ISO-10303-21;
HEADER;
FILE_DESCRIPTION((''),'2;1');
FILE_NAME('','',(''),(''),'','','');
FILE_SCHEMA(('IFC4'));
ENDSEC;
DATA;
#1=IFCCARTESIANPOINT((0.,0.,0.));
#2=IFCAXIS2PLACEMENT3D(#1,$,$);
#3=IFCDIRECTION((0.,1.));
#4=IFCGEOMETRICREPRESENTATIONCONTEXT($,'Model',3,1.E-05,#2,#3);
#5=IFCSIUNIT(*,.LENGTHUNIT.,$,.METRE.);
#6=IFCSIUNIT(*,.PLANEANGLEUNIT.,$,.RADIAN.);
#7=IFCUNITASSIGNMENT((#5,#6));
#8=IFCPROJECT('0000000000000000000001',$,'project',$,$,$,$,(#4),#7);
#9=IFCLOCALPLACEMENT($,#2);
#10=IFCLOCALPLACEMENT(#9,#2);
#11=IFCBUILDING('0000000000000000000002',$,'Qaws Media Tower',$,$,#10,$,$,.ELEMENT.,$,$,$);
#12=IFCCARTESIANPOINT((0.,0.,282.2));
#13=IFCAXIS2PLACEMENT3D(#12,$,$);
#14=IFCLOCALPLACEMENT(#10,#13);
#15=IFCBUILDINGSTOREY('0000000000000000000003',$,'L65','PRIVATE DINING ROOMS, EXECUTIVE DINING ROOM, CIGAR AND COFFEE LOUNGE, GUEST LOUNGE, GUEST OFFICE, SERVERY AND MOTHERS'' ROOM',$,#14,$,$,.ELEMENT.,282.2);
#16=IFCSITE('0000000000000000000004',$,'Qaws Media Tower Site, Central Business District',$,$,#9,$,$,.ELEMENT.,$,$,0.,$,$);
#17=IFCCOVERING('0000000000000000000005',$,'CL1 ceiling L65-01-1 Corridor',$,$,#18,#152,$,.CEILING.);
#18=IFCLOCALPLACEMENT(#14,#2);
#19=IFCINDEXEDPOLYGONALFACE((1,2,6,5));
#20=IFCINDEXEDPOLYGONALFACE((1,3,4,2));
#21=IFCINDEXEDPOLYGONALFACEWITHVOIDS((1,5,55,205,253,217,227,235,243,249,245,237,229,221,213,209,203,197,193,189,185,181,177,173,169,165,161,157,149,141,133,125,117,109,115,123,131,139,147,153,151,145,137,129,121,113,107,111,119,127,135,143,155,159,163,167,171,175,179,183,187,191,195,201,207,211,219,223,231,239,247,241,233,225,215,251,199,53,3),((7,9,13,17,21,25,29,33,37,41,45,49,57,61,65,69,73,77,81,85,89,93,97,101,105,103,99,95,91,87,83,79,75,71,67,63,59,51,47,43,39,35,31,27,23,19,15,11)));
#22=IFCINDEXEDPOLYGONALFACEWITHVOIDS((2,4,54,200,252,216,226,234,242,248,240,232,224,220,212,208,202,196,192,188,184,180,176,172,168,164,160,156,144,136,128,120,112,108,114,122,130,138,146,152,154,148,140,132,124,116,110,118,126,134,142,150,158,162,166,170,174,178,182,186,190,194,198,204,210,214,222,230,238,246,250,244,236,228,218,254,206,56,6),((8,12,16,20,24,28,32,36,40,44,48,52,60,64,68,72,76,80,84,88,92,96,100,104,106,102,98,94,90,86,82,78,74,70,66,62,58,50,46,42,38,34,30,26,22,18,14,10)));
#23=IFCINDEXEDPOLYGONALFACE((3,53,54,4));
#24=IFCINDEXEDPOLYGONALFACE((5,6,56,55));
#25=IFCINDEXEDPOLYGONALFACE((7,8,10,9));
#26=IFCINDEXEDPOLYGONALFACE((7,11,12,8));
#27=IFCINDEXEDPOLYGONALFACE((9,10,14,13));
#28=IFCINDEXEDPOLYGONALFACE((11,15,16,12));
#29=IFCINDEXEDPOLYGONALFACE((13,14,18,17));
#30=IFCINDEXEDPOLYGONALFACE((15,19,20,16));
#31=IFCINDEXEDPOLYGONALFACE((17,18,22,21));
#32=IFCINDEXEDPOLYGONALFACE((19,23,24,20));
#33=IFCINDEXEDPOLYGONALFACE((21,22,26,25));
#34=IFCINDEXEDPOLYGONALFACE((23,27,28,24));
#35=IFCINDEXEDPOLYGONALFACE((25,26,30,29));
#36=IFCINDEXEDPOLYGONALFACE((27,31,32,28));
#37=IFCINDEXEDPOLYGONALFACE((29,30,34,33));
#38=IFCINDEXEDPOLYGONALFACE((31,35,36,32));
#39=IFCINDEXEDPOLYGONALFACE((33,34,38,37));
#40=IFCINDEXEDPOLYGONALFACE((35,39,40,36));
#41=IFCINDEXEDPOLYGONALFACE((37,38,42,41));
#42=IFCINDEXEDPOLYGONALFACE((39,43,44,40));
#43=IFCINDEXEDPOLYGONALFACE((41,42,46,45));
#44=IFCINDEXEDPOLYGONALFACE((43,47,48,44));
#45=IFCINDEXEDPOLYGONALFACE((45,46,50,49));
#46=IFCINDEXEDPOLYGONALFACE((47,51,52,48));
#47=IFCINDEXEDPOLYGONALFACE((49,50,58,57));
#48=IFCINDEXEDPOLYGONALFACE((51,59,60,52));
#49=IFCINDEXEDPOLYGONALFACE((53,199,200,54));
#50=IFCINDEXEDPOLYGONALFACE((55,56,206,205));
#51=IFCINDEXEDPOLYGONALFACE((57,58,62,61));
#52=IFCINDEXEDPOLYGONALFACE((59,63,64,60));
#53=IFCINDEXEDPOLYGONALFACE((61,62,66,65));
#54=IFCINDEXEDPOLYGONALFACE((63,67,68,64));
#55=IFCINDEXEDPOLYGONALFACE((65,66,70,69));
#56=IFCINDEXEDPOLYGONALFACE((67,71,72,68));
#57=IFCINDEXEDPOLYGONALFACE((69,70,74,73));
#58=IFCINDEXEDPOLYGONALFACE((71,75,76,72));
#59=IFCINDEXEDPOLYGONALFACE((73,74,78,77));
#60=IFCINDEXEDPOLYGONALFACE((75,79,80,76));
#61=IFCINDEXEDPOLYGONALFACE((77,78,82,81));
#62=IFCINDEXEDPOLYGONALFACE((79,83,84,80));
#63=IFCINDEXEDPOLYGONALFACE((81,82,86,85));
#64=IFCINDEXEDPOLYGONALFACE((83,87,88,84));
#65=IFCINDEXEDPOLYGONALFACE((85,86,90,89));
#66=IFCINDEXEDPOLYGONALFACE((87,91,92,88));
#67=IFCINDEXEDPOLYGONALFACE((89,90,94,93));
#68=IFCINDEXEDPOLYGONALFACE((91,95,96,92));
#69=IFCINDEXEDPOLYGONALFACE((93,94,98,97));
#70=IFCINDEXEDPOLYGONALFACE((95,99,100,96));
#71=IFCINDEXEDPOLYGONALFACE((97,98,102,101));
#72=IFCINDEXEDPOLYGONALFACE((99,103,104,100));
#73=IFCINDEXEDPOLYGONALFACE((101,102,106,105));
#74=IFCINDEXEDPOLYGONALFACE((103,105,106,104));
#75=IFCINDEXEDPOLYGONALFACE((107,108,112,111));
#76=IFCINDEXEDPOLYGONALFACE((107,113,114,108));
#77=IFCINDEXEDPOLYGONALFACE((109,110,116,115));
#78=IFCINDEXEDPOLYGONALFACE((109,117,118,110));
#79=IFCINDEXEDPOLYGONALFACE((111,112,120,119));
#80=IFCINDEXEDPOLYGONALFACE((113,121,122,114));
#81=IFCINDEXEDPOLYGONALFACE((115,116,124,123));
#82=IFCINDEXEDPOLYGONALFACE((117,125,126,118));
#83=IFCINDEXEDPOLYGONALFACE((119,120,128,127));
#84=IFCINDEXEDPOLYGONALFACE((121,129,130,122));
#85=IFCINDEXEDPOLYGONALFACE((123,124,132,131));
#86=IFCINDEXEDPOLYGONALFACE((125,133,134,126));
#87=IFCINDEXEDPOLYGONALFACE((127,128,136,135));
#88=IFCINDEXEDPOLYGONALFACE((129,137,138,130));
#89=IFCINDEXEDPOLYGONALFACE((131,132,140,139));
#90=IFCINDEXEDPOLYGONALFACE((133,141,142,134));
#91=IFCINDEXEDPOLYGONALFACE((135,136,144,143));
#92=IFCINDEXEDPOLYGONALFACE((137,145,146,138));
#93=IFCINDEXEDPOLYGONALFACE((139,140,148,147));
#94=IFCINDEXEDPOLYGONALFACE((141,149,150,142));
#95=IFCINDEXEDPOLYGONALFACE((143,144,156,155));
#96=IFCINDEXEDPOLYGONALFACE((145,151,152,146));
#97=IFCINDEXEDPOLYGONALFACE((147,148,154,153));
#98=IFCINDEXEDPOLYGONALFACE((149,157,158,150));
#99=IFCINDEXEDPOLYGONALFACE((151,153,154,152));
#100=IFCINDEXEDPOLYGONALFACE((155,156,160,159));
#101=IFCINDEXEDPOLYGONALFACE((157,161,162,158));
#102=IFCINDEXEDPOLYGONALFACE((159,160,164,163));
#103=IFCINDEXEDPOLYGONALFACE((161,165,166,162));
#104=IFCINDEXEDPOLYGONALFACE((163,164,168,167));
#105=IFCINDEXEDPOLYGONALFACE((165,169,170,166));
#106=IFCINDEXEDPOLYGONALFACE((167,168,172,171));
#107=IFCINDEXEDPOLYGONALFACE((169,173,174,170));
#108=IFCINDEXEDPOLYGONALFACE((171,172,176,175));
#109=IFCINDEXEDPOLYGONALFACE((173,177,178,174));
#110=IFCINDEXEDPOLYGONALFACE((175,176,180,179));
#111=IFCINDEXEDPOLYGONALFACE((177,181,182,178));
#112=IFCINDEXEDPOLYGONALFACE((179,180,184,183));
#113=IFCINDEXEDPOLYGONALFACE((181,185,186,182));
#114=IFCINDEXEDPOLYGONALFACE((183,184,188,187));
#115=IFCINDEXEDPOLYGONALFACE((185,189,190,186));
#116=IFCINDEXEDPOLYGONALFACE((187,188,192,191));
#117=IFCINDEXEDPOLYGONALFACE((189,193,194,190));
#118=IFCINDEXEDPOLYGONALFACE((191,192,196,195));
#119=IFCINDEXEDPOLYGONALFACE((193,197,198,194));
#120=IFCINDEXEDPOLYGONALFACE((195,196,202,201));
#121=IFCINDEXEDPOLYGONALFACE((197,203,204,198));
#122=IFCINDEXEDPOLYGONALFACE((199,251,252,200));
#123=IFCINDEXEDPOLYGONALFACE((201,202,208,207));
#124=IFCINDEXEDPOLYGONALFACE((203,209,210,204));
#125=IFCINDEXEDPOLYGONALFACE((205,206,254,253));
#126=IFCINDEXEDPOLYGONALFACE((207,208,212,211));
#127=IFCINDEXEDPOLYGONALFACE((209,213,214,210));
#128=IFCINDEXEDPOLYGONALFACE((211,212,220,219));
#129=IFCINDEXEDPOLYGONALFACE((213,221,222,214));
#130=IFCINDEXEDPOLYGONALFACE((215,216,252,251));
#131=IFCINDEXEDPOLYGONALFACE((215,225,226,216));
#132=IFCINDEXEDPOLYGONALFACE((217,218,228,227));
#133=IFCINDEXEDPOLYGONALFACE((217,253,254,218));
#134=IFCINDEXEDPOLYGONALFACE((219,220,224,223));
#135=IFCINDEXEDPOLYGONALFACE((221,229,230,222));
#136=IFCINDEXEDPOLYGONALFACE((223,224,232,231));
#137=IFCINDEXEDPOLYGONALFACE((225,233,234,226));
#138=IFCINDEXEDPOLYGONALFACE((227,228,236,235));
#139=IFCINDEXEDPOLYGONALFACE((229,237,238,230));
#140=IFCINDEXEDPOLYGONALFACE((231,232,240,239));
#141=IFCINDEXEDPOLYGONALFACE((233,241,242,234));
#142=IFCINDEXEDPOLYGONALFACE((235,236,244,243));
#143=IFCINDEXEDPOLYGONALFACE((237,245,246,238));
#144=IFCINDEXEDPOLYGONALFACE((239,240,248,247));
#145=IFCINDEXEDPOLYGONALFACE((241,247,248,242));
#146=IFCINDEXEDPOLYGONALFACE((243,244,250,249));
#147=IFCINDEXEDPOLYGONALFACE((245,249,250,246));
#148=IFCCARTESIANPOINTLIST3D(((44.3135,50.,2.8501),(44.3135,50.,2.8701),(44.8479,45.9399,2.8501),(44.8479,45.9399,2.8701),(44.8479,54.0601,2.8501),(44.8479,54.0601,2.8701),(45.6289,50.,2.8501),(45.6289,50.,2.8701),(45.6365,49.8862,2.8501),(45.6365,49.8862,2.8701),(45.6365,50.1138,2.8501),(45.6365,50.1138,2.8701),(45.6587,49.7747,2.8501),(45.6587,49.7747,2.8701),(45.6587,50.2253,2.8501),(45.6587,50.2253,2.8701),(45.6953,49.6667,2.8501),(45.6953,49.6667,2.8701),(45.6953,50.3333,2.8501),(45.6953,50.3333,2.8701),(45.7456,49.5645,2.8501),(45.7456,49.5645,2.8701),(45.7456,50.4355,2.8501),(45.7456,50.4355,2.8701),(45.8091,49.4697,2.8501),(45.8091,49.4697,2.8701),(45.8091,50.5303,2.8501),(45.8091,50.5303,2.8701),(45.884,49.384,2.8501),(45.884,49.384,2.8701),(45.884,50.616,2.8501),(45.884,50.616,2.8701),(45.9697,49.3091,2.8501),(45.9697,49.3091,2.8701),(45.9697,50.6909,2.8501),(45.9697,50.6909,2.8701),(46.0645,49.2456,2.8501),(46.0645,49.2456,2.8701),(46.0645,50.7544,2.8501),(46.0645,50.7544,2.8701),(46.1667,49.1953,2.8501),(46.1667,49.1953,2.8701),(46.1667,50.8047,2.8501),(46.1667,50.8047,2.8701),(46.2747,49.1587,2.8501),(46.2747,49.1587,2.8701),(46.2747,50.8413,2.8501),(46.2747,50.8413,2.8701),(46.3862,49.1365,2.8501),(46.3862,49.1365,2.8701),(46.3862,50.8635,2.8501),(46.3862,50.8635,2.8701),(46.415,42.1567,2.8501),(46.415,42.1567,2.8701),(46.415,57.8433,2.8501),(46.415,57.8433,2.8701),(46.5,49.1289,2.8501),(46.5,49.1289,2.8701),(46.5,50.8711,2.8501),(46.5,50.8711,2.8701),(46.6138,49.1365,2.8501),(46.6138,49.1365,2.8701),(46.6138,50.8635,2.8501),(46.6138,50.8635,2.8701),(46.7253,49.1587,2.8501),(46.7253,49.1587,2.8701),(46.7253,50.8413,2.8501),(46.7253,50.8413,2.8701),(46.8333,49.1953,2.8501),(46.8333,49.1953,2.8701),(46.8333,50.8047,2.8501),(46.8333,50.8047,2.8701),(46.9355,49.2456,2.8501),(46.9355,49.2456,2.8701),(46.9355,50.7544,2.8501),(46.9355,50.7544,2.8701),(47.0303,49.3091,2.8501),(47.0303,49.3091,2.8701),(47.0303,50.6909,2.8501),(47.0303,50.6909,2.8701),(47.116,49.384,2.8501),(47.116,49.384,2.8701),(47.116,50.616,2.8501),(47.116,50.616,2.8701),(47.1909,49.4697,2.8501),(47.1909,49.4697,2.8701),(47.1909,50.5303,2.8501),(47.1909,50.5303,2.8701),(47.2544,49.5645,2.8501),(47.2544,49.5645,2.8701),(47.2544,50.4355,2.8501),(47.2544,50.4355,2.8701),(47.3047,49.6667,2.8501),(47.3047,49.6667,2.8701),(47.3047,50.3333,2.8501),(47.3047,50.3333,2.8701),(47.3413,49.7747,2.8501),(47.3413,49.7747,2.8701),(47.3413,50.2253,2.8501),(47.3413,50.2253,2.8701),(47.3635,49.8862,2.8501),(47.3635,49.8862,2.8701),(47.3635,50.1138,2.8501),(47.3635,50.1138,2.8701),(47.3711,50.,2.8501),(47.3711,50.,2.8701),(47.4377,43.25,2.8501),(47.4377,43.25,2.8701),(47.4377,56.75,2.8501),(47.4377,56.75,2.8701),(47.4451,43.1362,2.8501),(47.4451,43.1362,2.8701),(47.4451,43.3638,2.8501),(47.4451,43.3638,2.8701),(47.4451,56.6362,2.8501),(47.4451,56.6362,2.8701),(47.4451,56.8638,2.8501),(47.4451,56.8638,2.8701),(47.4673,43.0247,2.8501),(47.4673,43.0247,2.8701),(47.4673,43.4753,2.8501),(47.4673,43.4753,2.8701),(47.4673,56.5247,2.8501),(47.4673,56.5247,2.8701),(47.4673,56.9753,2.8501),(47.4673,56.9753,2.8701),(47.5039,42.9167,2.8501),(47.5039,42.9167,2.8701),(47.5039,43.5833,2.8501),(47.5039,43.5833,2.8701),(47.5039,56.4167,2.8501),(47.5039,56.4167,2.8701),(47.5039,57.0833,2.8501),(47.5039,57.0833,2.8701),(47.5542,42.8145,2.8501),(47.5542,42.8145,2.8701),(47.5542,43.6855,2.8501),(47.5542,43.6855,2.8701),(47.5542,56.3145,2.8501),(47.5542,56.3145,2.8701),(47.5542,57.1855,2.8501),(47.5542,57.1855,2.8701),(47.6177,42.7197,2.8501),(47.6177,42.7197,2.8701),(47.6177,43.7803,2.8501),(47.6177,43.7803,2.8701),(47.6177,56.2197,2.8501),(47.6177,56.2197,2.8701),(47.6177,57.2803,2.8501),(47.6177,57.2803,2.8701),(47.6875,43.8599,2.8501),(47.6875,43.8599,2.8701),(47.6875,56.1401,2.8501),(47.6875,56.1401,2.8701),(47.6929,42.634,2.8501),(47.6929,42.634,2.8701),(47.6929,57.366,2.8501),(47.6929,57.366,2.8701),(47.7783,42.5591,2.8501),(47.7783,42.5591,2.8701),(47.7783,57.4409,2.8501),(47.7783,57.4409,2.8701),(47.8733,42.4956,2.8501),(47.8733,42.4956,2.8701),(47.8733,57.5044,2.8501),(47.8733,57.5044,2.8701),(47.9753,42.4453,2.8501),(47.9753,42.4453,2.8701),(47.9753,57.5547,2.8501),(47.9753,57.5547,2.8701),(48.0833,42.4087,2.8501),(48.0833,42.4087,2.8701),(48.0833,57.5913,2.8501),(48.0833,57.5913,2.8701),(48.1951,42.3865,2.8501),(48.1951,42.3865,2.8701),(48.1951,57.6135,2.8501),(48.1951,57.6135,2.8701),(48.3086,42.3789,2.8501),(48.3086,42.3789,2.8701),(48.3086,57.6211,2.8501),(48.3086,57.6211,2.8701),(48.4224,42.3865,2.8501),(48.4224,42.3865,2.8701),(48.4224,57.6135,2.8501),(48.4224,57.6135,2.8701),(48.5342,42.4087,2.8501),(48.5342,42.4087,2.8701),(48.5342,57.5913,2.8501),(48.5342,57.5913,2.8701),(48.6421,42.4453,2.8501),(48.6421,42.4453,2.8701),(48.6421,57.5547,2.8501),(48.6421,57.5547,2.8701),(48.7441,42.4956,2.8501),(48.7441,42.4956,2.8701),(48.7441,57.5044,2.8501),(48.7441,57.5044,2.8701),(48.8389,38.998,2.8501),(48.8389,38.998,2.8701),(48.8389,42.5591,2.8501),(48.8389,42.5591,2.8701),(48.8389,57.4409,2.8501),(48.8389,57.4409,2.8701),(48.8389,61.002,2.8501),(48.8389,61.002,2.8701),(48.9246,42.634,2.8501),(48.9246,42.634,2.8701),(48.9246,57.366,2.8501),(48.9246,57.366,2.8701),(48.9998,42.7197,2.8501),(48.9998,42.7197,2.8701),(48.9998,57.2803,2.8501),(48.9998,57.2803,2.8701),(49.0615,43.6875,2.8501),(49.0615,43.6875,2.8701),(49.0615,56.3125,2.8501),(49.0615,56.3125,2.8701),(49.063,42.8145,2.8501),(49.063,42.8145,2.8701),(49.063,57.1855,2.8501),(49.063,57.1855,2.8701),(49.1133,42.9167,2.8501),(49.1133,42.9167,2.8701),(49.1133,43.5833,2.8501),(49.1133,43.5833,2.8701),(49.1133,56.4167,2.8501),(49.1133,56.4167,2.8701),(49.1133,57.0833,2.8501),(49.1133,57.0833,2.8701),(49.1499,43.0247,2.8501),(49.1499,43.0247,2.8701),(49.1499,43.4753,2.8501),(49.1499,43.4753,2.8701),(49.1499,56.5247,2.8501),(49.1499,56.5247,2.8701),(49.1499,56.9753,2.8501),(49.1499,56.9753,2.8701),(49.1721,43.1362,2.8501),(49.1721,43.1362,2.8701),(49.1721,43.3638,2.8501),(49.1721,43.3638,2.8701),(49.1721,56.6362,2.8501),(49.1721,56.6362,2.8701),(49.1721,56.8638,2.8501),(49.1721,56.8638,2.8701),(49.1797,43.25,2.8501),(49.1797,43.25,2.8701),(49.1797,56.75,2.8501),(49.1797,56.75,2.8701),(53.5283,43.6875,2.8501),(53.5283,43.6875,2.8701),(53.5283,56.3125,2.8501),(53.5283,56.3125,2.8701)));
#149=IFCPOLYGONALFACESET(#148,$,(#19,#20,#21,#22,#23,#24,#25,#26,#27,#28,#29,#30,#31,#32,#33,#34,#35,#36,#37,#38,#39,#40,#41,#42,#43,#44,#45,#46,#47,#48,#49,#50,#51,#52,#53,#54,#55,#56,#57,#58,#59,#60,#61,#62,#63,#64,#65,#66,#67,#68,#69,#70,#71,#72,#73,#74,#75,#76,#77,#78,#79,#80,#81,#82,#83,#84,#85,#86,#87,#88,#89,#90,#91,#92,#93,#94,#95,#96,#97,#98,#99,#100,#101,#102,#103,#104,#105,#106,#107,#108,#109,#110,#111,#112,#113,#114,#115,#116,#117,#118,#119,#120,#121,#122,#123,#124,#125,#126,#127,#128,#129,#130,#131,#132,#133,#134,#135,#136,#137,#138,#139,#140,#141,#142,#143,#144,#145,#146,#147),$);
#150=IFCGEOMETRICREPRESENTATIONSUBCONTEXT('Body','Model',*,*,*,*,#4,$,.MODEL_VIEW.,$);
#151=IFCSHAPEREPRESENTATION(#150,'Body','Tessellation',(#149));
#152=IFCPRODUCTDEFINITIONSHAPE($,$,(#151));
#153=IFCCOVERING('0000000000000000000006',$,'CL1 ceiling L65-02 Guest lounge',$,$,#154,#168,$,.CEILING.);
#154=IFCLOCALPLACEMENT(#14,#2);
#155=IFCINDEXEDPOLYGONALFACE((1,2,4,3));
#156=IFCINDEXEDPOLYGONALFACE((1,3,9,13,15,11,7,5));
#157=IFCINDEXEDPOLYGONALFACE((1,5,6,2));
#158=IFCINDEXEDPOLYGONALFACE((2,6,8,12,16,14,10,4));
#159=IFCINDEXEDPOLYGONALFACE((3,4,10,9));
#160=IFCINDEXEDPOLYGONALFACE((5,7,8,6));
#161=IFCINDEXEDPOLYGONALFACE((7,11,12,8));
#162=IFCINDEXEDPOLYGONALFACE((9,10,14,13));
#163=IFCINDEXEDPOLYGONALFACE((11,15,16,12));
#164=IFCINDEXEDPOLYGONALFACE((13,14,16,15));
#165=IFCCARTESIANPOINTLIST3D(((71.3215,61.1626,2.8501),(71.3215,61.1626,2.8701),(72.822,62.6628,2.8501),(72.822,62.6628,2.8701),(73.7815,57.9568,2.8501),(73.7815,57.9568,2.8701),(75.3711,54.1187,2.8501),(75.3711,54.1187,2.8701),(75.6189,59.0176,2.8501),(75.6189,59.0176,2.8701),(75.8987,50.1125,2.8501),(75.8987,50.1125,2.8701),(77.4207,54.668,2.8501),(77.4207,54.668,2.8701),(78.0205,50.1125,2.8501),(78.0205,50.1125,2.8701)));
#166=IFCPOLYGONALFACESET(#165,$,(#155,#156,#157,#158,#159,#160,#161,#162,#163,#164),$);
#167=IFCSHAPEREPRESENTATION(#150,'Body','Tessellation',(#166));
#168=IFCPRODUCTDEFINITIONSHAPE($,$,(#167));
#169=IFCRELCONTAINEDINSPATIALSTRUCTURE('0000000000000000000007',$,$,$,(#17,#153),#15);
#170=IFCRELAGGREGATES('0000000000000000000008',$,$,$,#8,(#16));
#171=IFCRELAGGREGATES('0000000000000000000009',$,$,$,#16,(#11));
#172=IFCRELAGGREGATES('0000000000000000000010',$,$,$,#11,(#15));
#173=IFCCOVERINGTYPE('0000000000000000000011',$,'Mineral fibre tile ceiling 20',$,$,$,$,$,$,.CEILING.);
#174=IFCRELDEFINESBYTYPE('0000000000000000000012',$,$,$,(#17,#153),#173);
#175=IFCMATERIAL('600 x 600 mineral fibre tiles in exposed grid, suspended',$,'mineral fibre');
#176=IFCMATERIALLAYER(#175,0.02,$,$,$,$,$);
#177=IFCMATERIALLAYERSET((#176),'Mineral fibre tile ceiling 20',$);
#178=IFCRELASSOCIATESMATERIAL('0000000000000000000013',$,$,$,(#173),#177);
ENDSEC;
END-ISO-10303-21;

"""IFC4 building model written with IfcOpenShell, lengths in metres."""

from ifc_helpers import new_model, si_unit, direction, frame, origin, place, context, subcontext, project, spatial, polyline, outline, extrude, material, layer, layer_set, type_object, element, save


model = new_model("IFC4")

# Units and contexts
model_context = context("Model", 3, precision=1e-05, world=origin(), true_north=direction((0.0, 1.0)))
body_context = subcontext(model_context, "Body", "Model", "MODEL_VIEW")
ifc_project = project(units=[si_unit("LENGTHUNIT", "METRE"), si_unit("PLANEANGLEUNIT", "RADIAN")], contexts=[model_context])

# Site, building, storey
site_placement = place(None, origin())
site = spatial("IfcSite", under=ifc_project, at=site_placement, Name="Qaws Media Tower Site, Central Business District", CompositionType="ELEMENT", RefElevation=0.0)
building_placement = place(site_placement, origin())
building = spatial("IfcBuilding", under=site, at=building_placement, Name="Qaws Media Tower", CompositionType="ELEMENT")
storey_placement = place(building_placement, frame((0.0, 0.0, 282.2)))
storey = spatial("IfcBuildingStorey", under=building, at=storey_placement, Name="L65", Description="PRIVATE DINING ROOMS, EXECUTIVE DINING ROOM, CIGAR AND COFFEE LOUNGE, GUEST LOUNGE, GUEST OFFICE, SERVERY AND MOTHERS' ROOM", CompositionType="ELEMENT", Elevation=282.2)

# Coverings
ifc_material_1 = material(Name="600 x 600 mineral fibre tiles in exposed grid, suspended", Category="mineral fibre")
ifc_layer_1 = layer(ifc_material_1, 0.02)
ifc_layer_set_1 = layer_set([ifc_layer_1], Name="Mineral fibre tile ceiling 20")
covering_type_1 = type_object("IfcCoveringType", Name="Mineral fibre tile ceiling 20", PredefinedType="CEILING", material=ifc_layer_set_1)
covering_1_placement = place(storey_placement, frame((0.0, 0.0, 2.8501)))
element("IfcCovering", 1, at=covering_1_placement, inside=storey, type_object=covering_type_1, Name="CL1 ceiling L65-01-1 Corridor", PredefinedType="CEILING", context=body_context, shape_type="SweptSolid", body=[
    extrude(outline(polyline([(44.8479, 54.0601), (46.415, 57.8433), (48.8389, 61.002), (53.5283, 56.3125), (49.0615, 56.3125), (49.1133, 56.4167), (49.1499, 56.5247), (49.1721, 56.6362), (49.1797, 56.75), (49.1721, 56.8638), (49.1499, 56.9753), (49.1133, 57.0833), (49.063, 57.1855), (48.9998, 57.2803), (48.9246, 57.366), (48.8389, 57.4409), (48.7441, 57.5044), (48.6421, 57.5547), (48.5342, 57.5913), (48.4224, 57.6135), (48.3086, 57.6211), (48.1951, 57.6135), (48.0833, 57.5913), (47.9753, 57.5547), (47.8733, 57.5044), (47.7783, 57.4409), (47.6929, 57.366), (47.6177, 57.2803), (47.5542, 57.1855), (47.5039, 57.0833), (47.4673, 56.9753), (47.4451, 56.8638), (47.4377, 56.75), (47.4451, 56.6362), (47.4673, 56.5247), (47.5039, 56.4167), (47.5542, 56.3145), (47.6177, 56.2197), (47.6875, 56.1401), (47.6875, 43.8599), (47.6177, 43.7803), (47.5542, 43.6855), (47.5039, 43.5833), (47.4673, 43.4753), (47.4451, 43.3638), (47.4377, 43.25), (47.4451, 43.1362), (47.4673, 43.0247), (47.5039, 42.9167), (47.5542, 42.8145), (47.6177, 42.7197), (47.6929, 42.634), (47.7783, 42.5591), (47.8733, 42.4956), (47.9753, 42.4453), (48.0833, 42.4087), (48.1951, 42.3865), (48.3086, 42.3789), (48.4224, 42.3865), (48.5342, 42.4087), (48.6421, 42.4453), (48.7441, 42.4956), (48.8389, 42.5591), (48.9246, 42.634), (48.9998, 42.7197), (49.063, 42.8145), (49.1133, 42.9167), (49.1499, 43.0247), (49.1721, 43.1362), (49.1797, 43.25), (49.1721, 43.3638), (49.1499, 43.4753), (49.1133, 43.5833), (49.0615, 43.6875), (53.5283, 43.6875), (48.8389, 38.998), (46.415, 42.1567), (44.8479, 45.9399), (44.3135, 50.0), (44.8479, 54.0601)]), holes=[polyline([(47.3047, 49.6667), (47.3413, 49.7747), (47.3635, 49.8862), (47.3711, 50.0), (47.3635, 50.1138), (47.3413, 50.2253), (47.3047, 50.3333), (47.2544, 50.4355), (47.1909, 50.5303), (47.116, 50.616), (47.0303, 50.6909), (46.9355, 50.7544), (46.8333, 50.8047), (46.7253, 50.8413), (46.6138, 50.8635), (46.5, 50.8711), (46.3862, 50.8635), (46.2747, 50.8413), (46.1667, 50.8047), (46.0645, 50.7544), (45.9697, 50.6909), (45.884, 50.616), (45.8091, 50.5303), (45.7456, 50.4355), (45.6953, 50.3333), (45.6587, 50.2253), (45.6365, 50.1138), (45.6289, 50.0), (45.6365, 49.8862), (45.6587, 49.7747), (45.6953, 49.6667), (45.7456, 49.5645), (45.8091, 49.4697), (45.884, 49.384), (45.9697, 49.3091), (46.0645, 49.2456), (46.1667, 49.1953), (46.2747, 49.1587), (46.3862, 49.1365), (46.5, 49.1289), (46.6138, 49.1365), (46.7253, 49.1587), (46.8333, 49.1953), (46.9355, 49.2456), (47.0303, 49.3091), (47.116, 49.384), (47.1909, 49.4697), (47.2544, 49.5645), (47.3047, 49.6667)])]), origin(), (0.0, 0.0, 1.0), 0.02),
])
covering_2_placement = place(storey_placement, frame((0.0, 0.0, 2.8501)))
element("IfcCovering", 2, at=covering_2_placement, inside=storey, type_object=covering_type_1, Name="CL1 ceiling L65-02 Guest lounge", PredefinedType="CEILING", context=body_context, shape_type="SweptSolid", body=[
    extrude(outline(polyline([(75.6189, 59.0176), (77.4207, 54.668), (78.0205, 50.1125), (75.8987, 50.1125), (75.3711, 54.1187), (73.7815, 57.9568), (71.3215, 61.1626), (72.822, 62.6628), (75.6189, 59.0176)])), origin(), (0.0, 0.0, 1.0), 0.02),
])

save(model, "model.ifc")
